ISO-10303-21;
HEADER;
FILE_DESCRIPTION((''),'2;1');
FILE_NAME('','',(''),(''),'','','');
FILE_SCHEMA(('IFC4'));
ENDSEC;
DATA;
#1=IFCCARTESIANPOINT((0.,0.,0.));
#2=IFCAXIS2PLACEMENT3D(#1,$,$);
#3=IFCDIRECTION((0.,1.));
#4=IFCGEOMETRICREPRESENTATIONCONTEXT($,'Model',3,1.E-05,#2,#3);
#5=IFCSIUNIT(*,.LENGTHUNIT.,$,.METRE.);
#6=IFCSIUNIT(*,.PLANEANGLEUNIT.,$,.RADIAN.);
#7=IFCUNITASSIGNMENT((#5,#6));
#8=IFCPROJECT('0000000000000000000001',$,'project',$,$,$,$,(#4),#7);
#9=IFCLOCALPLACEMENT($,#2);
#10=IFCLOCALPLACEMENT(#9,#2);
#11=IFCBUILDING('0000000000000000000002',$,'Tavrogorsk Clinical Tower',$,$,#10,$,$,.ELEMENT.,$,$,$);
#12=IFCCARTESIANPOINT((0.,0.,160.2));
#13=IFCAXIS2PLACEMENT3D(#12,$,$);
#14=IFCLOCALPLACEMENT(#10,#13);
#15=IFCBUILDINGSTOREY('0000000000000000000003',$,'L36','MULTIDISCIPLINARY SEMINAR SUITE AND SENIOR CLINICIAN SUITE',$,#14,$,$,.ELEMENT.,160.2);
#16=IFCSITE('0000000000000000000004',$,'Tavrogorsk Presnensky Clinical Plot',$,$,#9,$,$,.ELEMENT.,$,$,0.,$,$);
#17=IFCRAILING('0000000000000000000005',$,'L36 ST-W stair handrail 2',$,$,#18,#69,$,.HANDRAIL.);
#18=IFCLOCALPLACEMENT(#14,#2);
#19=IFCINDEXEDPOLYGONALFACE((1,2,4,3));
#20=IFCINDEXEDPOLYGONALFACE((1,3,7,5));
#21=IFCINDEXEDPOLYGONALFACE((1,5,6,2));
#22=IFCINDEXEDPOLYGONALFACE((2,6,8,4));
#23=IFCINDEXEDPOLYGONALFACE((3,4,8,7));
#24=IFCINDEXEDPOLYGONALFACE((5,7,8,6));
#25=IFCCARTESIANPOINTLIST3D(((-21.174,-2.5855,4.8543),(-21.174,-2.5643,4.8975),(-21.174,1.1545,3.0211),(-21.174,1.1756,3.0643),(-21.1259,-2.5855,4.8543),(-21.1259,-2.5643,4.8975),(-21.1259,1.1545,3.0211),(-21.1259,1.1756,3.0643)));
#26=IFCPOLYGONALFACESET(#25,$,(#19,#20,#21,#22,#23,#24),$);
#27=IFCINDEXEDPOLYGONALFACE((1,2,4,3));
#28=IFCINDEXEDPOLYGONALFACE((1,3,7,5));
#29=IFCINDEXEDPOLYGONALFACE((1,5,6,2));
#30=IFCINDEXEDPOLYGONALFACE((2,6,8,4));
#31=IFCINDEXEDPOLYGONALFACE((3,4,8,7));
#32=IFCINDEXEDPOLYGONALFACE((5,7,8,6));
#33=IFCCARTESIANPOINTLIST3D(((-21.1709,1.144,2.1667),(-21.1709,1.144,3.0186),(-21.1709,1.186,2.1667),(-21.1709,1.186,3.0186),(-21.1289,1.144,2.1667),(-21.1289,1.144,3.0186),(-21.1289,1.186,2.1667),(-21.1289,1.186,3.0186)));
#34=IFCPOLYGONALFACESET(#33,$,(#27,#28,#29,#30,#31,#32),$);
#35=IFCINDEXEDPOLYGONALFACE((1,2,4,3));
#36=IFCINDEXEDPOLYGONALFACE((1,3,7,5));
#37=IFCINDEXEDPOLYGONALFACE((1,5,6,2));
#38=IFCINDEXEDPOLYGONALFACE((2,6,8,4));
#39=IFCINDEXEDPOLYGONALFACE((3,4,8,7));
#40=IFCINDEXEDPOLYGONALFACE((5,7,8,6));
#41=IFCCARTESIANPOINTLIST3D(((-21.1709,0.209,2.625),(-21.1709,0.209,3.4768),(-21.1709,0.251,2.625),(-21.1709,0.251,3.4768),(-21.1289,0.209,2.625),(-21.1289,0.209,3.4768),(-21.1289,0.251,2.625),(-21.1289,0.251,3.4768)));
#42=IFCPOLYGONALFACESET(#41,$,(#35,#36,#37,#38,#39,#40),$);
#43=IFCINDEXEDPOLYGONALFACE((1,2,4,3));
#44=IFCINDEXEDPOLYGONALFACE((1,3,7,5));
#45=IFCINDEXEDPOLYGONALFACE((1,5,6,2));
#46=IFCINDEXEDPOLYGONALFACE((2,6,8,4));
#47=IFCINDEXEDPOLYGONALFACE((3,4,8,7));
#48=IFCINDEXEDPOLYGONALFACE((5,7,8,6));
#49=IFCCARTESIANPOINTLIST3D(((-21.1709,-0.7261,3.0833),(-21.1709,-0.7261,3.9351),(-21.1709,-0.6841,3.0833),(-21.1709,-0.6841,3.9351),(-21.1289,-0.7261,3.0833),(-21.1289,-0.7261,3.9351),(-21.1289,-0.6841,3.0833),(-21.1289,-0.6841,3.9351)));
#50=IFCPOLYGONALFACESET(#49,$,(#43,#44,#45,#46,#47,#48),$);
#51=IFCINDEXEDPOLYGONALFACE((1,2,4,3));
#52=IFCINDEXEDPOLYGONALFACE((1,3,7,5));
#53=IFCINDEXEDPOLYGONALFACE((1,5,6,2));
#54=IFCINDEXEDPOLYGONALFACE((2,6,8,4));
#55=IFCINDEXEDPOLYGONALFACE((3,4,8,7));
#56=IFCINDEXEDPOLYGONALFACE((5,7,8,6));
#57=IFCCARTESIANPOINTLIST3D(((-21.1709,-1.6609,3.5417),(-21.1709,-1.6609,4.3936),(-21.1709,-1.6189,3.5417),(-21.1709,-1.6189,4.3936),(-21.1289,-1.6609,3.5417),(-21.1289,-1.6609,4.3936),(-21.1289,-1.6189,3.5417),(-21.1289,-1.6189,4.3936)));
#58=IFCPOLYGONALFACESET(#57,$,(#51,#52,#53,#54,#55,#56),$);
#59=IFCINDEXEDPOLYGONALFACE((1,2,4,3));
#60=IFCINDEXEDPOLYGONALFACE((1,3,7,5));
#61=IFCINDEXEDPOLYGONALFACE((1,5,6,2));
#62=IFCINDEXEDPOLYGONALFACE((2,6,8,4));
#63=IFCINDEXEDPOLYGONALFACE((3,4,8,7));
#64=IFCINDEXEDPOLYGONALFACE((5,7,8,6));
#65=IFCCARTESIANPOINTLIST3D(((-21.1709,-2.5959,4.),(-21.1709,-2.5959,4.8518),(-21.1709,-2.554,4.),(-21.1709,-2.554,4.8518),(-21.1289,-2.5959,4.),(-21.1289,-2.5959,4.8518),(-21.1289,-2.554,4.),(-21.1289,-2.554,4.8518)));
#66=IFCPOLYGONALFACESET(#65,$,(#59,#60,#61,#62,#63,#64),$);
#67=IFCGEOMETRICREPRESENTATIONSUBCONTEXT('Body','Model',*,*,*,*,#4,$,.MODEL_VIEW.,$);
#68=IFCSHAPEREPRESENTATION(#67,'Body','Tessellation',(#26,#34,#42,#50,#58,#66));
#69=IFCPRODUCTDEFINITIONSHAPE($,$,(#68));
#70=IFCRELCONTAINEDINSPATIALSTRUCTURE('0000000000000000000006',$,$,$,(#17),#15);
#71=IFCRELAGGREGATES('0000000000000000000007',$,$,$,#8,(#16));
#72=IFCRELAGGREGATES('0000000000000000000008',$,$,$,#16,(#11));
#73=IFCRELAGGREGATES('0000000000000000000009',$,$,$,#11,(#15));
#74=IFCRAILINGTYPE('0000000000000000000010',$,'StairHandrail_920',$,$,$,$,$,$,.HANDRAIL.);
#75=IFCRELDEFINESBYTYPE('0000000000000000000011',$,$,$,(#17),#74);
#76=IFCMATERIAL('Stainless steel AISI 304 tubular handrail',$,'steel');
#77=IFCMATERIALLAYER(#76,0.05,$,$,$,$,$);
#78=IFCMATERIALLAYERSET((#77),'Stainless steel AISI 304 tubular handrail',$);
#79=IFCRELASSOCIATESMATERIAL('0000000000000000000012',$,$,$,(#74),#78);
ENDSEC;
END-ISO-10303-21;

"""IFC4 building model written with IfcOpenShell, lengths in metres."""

from ifc_helpers import new_model, si_unit, direction, frame, origin, origin_2d, place, context, subcontext, project, spatial, rectangle, extrude, material, layer, layer_set, type_object, element, save


model = new_model("IFC4")

# Units and contexts
model_context = context("Model", 3, precision=1e-05, world=origin(), true_north=direction((0.0, 1.0)))
body_context = subcontext(model_context, "Body", "Model", "MODEL_VIEW")
ifc_project = project(units=[si_unit("LENGTHUNIT", "METRE"), si_unit("PLANEANGLEUNIT", "RADIAN")], contexts=[model_context])

# Site, building, storey
site_placement = place(None, origin())
site = spatial("IfcSite", under=ifc_project, at=site_placement, Name="Tavrogorsk Presnensky Clinical Plot", CompositionType="ELEMENT", RefElevation=0.0)
building_placement = place(site_placement, origin())
building = spatial("IfcBuilding", under=site, at=building_placement, Name="Tavrogorsk Clinical Tower", CompositionType="ELEMENT")
storey_placement = place(building_placement, frame((0.0, 0.0, 160.2)))
storey = spatial("IfcBuildingStorey", under=building, at=storey_placement, Name="L36", Description="MULTIDISCIPLINARY SEMINAR SUITE AND SENIOR CLINICIAN SUITE", CompositionType="ELEMENT", Elevation=160.2)

# Railing
ifc_material_1 = material(Name="Stainless steel AISI 304 tubular handrail", Category="steel")
ifc_layer_1 = layer(ifc_material_1, 0.05)
ifc_layer_set_1 = layer_set([ifc_layer_1], Name="Stainless steel AISI 304 tubular handrail")
railing_type_1 = type_object("IfcRailingType", Name="StairHandrail_920", PredefinedType="HANDRAIL", material=ifc_layer_set_1)
railing_1_placement = place(storey_placement, frame((-21.1499, 1.165, 2.1667)))
element("IfcRailing", 1, at=railing_1_placement, inside=storey, type_object=railing_type_1, Name="L36 ST-W stair handrail 2", PredefinedType="HANDRAIL", context=body_context, shape_type="SweptSolid", body=[
    extrude(rectangle(XDim=0.0481, YDim=0.0481, at=origin_2d()), frame((0.0, 0.0, 0.876), z_axis=(0.0, -0.897928, 0.440142), x_axis=(1.0, 0.0, 0.0)), (0.0, 0.0, 1.0), 4.165),
    extrude(rectangle(XDim=0.042, YDim=0.042, at=origin_2d()), origin(), (0.0, 0.0, 1.0), 0.8518),
    extrude(rectangle(XDim=0.042, YDim=0.042, at=origin_2d()), frame((0.0, -0.9351, 0.4583)), (0.0, 0.0, 1.0), 0.8518),
    extrude(rectangle(XDim=0.042, YDim=0.042, at=origin_2d()), frame((0.0, -1.8701, 0.9165)), (0.0, 0.0, 1.0), 0.8518),
    extrude(rectangle(XDim=0.042, YDim=0.042, at=origin_2d()), frame((0.0, -2.8049, 1.375)), (0.0, 0.0, 1.0), 0.8518),
    extrude(rectangle(XDim=0.042, YDim=0.042, at=origin_2d()), frame((0.0, -3.74, 1.8333)), (0.0, 0.0, 1.0), 0.8518),
])

save(model, "model.ifc")
